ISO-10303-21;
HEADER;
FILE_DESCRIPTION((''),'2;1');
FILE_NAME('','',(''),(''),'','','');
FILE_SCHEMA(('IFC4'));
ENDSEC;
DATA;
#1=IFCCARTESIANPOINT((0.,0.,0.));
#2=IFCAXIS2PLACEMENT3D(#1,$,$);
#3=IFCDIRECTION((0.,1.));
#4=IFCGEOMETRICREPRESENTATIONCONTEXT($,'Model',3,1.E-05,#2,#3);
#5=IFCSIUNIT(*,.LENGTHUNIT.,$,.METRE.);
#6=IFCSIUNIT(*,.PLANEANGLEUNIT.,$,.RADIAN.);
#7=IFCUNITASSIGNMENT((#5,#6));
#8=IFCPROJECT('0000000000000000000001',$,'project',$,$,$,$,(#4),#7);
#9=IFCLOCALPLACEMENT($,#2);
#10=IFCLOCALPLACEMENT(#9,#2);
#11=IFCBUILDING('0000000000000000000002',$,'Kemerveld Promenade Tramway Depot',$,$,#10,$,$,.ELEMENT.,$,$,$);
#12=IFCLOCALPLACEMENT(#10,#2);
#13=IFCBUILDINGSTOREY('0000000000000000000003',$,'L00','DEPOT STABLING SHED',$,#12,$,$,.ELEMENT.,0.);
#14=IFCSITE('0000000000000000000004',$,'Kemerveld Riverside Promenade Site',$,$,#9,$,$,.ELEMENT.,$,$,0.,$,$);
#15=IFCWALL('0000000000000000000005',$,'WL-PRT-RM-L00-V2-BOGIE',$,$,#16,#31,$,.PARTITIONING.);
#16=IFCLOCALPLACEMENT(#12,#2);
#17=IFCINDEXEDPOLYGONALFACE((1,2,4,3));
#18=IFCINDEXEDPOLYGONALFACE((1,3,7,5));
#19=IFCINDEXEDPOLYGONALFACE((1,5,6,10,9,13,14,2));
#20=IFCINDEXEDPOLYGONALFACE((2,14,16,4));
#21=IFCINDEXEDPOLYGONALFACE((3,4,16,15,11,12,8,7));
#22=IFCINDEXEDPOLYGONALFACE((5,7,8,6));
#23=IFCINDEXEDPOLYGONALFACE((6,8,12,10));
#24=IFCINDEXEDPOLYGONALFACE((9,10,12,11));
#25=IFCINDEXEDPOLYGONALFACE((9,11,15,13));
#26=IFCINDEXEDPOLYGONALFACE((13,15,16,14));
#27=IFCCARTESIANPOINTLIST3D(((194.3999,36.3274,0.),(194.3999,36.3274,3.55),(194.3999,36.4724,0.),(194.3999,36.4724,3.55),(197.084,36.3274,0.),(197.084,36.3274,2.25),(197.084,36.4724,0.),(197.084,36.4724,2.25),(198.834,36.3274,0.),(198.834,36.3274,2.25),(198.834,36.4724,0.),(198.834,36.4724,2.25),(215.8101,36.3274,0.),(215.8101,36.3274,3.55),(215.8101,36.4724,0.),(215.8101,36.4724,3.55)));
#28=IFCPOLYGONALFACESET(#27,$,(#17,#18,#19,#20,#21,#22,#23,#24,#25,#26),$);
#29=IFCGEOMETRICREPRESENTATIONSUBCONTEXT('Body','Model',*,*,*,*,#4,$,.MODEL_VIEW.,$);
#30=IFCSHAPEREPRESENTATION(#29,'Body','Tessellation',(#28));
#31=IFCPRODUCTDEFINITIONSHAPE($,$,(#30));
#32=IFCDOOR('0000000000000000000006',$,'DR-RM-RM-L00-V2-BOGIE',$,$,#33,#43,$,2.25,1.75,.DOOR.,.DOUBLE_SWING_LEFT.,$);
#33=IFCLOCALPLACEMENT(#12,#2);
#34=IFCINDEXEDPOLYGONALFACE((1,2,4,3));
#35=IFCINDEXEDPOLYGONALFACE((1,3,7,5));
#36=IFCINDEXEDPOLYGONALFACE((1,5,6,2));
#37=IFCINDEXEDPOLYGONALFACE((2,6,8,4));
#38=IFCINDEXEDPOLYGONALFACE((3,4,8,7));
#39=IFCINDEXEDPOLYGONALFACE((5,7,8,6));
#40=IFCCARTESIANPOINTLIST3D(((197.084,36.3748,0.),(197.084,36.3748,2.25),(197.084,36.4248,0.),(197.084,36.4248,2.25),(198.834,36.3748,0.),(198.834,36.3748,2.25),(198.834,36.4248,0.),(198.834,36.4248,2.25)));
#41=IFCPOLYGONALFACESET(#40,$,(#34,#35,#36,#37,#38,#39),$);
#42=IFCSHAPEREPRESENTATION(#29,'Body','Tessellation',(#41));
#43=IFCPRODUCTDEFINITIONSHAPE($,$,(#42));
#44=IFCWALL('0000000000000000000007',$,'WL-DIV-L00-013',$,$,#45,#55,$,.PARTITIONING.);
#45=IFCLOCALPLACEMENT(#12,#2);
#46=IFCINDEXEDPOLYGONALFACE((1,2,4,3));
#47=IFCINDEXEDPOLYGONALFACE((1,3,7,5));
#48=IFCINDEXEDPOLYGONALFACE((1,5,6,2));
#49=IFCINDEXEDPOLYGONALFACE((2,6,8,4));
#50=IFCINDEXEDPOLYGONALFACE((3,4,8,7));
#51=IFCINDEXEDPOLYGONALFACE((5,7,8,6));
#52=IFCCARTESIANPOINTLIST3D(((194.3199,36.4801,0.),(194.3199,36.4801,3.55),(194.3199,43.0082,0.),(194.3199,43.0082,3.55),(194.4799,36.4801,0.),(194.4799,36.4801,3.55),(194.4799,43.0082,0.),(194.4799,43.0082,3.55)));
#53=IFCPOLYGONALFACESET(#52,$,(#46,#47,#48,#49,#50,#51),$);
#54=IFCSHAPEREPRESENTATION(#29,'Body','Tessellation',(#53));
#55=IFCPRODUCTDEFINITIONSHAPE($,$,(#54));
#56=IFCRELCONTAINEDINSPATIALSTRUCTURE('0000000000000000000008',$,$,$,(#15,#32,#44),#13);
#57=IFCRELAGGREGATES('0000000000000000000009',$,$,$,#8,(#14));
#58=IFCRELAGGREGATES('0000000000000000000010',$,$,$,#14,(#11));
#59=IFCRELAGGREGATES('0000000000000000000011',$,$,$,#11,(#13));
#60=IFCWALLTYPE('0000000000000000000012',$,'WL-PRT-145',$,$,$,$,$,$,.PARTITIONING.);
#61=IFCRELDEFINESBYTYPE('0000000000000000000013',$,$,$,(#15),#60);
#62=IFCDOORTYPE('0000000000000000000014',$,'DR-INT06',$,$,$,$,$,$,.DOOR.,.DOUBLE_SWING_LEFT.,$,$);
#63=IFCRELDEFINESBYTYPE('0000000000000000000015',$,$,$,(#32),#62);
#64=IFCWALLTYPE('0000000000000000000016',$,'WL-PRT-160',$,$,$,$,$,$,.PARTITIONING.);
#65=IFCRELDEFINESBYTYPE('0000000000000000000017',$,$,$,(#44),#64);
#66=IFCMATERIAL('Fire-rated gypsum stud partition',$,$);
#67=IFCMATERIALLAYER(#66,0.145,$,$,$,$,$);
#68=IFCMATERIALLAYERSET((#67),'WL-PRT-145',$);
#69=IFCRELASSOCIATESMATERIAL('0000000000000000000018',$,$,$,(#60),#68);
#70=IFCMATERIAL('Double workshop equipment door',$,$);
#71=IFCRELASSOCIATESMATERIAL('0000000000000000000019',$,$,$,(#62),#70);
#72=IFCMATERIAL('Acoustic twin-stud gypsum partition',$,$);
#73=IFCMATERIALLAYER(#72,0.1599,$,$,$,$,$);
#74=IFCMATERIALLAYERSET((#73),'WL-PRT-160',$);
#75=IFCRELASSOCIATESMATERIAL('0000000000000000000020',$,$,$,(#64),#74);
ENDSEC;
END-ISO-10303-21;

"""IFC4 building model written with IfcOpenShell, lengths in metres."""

from ifc_helpers import new_model, si_unit, direction, frame, frame_2d, origin, place, context, subcontext, project, spatial, rectangle, extrude, material, layer, layer_set, type_object, element, fill, save


model = new_model("IFC4")

# Units and contexts
model_context = context("Model", 3, precision=1e-05, world=origin(), true_north=direction((0.0, 1.0)))
body_context = subcontext(model_context, "Body", "Model", "MODEL_VIEW")
ifc_project = project(units=[si_unit("LENGTHUNIT", "METRE"), si_unit("PLANEANGLEUNIT", "RADIAN")], contexts=[model_context])

# Site, building, storey
site_placement = place(None, origin())
site = spatial("IfcSite", under=ifc_project, at=site_placement, Name="Kemerveld Riverside Promenade Site", CompositionType="ELEMENT", RefElevation=0.0)
building_placement = place(site_placement, origin())
building = spatial("IfcBuilding", under=site, at=building_placement, Name="Kemerveld Promenade Tramway Depot", CompositionType="ELEMENT")
storey_placement = place(building_placement, origin())
storey = spatial("IfcBuildingStorey", under=building, at=storey_placement, Name="L00", Description="DEPOT STABLING SHED", CompositionType="ELEMENT", Elevation=0.0)

# Wall, opening, door
ifc_material_1 = material(Name="Fire-rated gypsum stud partition")
ifc_layer_1 = layer(ifc_material_1, 0.145)
ifc_layer_set_1 = layer_set([ifc_layer_1], Name="WL-PRT-145")
wall_type_1 = type_object("IfcWallType", Name="WL-PRT-145", PredefinedType="PARTITIONING", material=ifc_layer_set_1)
wall_1_placement = place(storey_placement, frame((194.3999, 36.3999, 0.0), z_axis=(0.0, 0.0, 1.0), x_axis=(1.0, 0.0, 0.0)))
wall_1 = element("IfcWall", 1, at=wall_1_placement, inside=storey, type_object=wall_type_1, Name="WL-PRT-RM-L00-V2-BOGIE", PredefinedType="PARTITIONING", context=body_context, shape_type="SweptSolid", body=[
    extrude(rectangle(XDim=21.4102, YDim=0.145, at=frame_2d((10.7051, 0.0))), origin(), (0.0, 0.0, 1.0), 3.55),
])
opening_placement = place(wall_1_placement, frame((2.6841, 0.0, 0.0)))
opening = element("IfcOpeningElement", 2, at=opening_placement, cuts=wall_1, PredefinedType="OPENING", context=body_context, shape_type="SweptSolid", body=[
    extrude(rectangle(XDim=1.75, YDim=2.25, at=frame_2d((0.875, 1.125))), frame((0.0, 0.0825, 0.0), z_axis=(0.0, -1.0, 0.0), x_axis=(1.0, 0.0, 0.0)), (0.0, 0.0, 1.0), 0.165),
])
ifc_material_2 = material(Name="Double workshop equipment door")
door_type = type_object("IfcDoorType", Name="DR-INT06", OperationType="DOUBLE_SWING_LEFT", PredefinedType="DOOR", material=ifc_material_2)
door_placement = place(opening_placement, origin())
door = element("IfcDoor", 3, at=door_placement, inside=storey, type_object=door_type, Name="DR-RM-RM-L00-V2-BOGIE", OperationType="DOUBLE_SWING_LEFT", OverallHeight=2.25, OverallWidth=1.75, PredefinedType="DOOR", context=body_context, shape_type="SweptSolid", body=[
    extrude(rectangle(XDim=1.75, YDim=2.25, at=frame_2d((0.875, 1.125))), frame((0.0, 0.0249, 0.0), z_axis=(0.0, -1.0, 0.0), x_axis=(1.0, 0.0, 0.0)), (0.0, 0.0, 1.0), 0.05),
])
fill(opening, door)

# Wall
ifc_material_3 = material(Name="Acoustic twin-stud gypsum partition")
ifc_layer_2 = layer(ifc_material_3, 0.1599)
ifc_layer_set_2 = layer_set([ifc_layer_2], Name="WL-PRT-160")
wall_type_2 = type_object("IfcWallType", Name="WL-PRT-160", PredefinedType="PARTITIONING", material=ifc_layer_set_2)
wall_2_placement = place(storey_placement, frame((194.3999, 36.48, 0.0), z_axis=(0.0, 0.0, 1.0), x_axis=(0.0, 1.0, 0.0)))
element("IfcWall", 4, at=wall_2_placement, inside=storey, type_object=wall_type_2, Name="WL-DIV-L00-013", PredefinedType="PARTITIONING", context=body_context, shape_type="SweptSolid", body=[
    extrude(rectangle(XDim=6.5281, YDim=0.1599, at=frame_2d((3.2642, 0.0))), origin(), (0.0, 0.0, 1.0), 3.55),
])

save(model, "model.ifc")
